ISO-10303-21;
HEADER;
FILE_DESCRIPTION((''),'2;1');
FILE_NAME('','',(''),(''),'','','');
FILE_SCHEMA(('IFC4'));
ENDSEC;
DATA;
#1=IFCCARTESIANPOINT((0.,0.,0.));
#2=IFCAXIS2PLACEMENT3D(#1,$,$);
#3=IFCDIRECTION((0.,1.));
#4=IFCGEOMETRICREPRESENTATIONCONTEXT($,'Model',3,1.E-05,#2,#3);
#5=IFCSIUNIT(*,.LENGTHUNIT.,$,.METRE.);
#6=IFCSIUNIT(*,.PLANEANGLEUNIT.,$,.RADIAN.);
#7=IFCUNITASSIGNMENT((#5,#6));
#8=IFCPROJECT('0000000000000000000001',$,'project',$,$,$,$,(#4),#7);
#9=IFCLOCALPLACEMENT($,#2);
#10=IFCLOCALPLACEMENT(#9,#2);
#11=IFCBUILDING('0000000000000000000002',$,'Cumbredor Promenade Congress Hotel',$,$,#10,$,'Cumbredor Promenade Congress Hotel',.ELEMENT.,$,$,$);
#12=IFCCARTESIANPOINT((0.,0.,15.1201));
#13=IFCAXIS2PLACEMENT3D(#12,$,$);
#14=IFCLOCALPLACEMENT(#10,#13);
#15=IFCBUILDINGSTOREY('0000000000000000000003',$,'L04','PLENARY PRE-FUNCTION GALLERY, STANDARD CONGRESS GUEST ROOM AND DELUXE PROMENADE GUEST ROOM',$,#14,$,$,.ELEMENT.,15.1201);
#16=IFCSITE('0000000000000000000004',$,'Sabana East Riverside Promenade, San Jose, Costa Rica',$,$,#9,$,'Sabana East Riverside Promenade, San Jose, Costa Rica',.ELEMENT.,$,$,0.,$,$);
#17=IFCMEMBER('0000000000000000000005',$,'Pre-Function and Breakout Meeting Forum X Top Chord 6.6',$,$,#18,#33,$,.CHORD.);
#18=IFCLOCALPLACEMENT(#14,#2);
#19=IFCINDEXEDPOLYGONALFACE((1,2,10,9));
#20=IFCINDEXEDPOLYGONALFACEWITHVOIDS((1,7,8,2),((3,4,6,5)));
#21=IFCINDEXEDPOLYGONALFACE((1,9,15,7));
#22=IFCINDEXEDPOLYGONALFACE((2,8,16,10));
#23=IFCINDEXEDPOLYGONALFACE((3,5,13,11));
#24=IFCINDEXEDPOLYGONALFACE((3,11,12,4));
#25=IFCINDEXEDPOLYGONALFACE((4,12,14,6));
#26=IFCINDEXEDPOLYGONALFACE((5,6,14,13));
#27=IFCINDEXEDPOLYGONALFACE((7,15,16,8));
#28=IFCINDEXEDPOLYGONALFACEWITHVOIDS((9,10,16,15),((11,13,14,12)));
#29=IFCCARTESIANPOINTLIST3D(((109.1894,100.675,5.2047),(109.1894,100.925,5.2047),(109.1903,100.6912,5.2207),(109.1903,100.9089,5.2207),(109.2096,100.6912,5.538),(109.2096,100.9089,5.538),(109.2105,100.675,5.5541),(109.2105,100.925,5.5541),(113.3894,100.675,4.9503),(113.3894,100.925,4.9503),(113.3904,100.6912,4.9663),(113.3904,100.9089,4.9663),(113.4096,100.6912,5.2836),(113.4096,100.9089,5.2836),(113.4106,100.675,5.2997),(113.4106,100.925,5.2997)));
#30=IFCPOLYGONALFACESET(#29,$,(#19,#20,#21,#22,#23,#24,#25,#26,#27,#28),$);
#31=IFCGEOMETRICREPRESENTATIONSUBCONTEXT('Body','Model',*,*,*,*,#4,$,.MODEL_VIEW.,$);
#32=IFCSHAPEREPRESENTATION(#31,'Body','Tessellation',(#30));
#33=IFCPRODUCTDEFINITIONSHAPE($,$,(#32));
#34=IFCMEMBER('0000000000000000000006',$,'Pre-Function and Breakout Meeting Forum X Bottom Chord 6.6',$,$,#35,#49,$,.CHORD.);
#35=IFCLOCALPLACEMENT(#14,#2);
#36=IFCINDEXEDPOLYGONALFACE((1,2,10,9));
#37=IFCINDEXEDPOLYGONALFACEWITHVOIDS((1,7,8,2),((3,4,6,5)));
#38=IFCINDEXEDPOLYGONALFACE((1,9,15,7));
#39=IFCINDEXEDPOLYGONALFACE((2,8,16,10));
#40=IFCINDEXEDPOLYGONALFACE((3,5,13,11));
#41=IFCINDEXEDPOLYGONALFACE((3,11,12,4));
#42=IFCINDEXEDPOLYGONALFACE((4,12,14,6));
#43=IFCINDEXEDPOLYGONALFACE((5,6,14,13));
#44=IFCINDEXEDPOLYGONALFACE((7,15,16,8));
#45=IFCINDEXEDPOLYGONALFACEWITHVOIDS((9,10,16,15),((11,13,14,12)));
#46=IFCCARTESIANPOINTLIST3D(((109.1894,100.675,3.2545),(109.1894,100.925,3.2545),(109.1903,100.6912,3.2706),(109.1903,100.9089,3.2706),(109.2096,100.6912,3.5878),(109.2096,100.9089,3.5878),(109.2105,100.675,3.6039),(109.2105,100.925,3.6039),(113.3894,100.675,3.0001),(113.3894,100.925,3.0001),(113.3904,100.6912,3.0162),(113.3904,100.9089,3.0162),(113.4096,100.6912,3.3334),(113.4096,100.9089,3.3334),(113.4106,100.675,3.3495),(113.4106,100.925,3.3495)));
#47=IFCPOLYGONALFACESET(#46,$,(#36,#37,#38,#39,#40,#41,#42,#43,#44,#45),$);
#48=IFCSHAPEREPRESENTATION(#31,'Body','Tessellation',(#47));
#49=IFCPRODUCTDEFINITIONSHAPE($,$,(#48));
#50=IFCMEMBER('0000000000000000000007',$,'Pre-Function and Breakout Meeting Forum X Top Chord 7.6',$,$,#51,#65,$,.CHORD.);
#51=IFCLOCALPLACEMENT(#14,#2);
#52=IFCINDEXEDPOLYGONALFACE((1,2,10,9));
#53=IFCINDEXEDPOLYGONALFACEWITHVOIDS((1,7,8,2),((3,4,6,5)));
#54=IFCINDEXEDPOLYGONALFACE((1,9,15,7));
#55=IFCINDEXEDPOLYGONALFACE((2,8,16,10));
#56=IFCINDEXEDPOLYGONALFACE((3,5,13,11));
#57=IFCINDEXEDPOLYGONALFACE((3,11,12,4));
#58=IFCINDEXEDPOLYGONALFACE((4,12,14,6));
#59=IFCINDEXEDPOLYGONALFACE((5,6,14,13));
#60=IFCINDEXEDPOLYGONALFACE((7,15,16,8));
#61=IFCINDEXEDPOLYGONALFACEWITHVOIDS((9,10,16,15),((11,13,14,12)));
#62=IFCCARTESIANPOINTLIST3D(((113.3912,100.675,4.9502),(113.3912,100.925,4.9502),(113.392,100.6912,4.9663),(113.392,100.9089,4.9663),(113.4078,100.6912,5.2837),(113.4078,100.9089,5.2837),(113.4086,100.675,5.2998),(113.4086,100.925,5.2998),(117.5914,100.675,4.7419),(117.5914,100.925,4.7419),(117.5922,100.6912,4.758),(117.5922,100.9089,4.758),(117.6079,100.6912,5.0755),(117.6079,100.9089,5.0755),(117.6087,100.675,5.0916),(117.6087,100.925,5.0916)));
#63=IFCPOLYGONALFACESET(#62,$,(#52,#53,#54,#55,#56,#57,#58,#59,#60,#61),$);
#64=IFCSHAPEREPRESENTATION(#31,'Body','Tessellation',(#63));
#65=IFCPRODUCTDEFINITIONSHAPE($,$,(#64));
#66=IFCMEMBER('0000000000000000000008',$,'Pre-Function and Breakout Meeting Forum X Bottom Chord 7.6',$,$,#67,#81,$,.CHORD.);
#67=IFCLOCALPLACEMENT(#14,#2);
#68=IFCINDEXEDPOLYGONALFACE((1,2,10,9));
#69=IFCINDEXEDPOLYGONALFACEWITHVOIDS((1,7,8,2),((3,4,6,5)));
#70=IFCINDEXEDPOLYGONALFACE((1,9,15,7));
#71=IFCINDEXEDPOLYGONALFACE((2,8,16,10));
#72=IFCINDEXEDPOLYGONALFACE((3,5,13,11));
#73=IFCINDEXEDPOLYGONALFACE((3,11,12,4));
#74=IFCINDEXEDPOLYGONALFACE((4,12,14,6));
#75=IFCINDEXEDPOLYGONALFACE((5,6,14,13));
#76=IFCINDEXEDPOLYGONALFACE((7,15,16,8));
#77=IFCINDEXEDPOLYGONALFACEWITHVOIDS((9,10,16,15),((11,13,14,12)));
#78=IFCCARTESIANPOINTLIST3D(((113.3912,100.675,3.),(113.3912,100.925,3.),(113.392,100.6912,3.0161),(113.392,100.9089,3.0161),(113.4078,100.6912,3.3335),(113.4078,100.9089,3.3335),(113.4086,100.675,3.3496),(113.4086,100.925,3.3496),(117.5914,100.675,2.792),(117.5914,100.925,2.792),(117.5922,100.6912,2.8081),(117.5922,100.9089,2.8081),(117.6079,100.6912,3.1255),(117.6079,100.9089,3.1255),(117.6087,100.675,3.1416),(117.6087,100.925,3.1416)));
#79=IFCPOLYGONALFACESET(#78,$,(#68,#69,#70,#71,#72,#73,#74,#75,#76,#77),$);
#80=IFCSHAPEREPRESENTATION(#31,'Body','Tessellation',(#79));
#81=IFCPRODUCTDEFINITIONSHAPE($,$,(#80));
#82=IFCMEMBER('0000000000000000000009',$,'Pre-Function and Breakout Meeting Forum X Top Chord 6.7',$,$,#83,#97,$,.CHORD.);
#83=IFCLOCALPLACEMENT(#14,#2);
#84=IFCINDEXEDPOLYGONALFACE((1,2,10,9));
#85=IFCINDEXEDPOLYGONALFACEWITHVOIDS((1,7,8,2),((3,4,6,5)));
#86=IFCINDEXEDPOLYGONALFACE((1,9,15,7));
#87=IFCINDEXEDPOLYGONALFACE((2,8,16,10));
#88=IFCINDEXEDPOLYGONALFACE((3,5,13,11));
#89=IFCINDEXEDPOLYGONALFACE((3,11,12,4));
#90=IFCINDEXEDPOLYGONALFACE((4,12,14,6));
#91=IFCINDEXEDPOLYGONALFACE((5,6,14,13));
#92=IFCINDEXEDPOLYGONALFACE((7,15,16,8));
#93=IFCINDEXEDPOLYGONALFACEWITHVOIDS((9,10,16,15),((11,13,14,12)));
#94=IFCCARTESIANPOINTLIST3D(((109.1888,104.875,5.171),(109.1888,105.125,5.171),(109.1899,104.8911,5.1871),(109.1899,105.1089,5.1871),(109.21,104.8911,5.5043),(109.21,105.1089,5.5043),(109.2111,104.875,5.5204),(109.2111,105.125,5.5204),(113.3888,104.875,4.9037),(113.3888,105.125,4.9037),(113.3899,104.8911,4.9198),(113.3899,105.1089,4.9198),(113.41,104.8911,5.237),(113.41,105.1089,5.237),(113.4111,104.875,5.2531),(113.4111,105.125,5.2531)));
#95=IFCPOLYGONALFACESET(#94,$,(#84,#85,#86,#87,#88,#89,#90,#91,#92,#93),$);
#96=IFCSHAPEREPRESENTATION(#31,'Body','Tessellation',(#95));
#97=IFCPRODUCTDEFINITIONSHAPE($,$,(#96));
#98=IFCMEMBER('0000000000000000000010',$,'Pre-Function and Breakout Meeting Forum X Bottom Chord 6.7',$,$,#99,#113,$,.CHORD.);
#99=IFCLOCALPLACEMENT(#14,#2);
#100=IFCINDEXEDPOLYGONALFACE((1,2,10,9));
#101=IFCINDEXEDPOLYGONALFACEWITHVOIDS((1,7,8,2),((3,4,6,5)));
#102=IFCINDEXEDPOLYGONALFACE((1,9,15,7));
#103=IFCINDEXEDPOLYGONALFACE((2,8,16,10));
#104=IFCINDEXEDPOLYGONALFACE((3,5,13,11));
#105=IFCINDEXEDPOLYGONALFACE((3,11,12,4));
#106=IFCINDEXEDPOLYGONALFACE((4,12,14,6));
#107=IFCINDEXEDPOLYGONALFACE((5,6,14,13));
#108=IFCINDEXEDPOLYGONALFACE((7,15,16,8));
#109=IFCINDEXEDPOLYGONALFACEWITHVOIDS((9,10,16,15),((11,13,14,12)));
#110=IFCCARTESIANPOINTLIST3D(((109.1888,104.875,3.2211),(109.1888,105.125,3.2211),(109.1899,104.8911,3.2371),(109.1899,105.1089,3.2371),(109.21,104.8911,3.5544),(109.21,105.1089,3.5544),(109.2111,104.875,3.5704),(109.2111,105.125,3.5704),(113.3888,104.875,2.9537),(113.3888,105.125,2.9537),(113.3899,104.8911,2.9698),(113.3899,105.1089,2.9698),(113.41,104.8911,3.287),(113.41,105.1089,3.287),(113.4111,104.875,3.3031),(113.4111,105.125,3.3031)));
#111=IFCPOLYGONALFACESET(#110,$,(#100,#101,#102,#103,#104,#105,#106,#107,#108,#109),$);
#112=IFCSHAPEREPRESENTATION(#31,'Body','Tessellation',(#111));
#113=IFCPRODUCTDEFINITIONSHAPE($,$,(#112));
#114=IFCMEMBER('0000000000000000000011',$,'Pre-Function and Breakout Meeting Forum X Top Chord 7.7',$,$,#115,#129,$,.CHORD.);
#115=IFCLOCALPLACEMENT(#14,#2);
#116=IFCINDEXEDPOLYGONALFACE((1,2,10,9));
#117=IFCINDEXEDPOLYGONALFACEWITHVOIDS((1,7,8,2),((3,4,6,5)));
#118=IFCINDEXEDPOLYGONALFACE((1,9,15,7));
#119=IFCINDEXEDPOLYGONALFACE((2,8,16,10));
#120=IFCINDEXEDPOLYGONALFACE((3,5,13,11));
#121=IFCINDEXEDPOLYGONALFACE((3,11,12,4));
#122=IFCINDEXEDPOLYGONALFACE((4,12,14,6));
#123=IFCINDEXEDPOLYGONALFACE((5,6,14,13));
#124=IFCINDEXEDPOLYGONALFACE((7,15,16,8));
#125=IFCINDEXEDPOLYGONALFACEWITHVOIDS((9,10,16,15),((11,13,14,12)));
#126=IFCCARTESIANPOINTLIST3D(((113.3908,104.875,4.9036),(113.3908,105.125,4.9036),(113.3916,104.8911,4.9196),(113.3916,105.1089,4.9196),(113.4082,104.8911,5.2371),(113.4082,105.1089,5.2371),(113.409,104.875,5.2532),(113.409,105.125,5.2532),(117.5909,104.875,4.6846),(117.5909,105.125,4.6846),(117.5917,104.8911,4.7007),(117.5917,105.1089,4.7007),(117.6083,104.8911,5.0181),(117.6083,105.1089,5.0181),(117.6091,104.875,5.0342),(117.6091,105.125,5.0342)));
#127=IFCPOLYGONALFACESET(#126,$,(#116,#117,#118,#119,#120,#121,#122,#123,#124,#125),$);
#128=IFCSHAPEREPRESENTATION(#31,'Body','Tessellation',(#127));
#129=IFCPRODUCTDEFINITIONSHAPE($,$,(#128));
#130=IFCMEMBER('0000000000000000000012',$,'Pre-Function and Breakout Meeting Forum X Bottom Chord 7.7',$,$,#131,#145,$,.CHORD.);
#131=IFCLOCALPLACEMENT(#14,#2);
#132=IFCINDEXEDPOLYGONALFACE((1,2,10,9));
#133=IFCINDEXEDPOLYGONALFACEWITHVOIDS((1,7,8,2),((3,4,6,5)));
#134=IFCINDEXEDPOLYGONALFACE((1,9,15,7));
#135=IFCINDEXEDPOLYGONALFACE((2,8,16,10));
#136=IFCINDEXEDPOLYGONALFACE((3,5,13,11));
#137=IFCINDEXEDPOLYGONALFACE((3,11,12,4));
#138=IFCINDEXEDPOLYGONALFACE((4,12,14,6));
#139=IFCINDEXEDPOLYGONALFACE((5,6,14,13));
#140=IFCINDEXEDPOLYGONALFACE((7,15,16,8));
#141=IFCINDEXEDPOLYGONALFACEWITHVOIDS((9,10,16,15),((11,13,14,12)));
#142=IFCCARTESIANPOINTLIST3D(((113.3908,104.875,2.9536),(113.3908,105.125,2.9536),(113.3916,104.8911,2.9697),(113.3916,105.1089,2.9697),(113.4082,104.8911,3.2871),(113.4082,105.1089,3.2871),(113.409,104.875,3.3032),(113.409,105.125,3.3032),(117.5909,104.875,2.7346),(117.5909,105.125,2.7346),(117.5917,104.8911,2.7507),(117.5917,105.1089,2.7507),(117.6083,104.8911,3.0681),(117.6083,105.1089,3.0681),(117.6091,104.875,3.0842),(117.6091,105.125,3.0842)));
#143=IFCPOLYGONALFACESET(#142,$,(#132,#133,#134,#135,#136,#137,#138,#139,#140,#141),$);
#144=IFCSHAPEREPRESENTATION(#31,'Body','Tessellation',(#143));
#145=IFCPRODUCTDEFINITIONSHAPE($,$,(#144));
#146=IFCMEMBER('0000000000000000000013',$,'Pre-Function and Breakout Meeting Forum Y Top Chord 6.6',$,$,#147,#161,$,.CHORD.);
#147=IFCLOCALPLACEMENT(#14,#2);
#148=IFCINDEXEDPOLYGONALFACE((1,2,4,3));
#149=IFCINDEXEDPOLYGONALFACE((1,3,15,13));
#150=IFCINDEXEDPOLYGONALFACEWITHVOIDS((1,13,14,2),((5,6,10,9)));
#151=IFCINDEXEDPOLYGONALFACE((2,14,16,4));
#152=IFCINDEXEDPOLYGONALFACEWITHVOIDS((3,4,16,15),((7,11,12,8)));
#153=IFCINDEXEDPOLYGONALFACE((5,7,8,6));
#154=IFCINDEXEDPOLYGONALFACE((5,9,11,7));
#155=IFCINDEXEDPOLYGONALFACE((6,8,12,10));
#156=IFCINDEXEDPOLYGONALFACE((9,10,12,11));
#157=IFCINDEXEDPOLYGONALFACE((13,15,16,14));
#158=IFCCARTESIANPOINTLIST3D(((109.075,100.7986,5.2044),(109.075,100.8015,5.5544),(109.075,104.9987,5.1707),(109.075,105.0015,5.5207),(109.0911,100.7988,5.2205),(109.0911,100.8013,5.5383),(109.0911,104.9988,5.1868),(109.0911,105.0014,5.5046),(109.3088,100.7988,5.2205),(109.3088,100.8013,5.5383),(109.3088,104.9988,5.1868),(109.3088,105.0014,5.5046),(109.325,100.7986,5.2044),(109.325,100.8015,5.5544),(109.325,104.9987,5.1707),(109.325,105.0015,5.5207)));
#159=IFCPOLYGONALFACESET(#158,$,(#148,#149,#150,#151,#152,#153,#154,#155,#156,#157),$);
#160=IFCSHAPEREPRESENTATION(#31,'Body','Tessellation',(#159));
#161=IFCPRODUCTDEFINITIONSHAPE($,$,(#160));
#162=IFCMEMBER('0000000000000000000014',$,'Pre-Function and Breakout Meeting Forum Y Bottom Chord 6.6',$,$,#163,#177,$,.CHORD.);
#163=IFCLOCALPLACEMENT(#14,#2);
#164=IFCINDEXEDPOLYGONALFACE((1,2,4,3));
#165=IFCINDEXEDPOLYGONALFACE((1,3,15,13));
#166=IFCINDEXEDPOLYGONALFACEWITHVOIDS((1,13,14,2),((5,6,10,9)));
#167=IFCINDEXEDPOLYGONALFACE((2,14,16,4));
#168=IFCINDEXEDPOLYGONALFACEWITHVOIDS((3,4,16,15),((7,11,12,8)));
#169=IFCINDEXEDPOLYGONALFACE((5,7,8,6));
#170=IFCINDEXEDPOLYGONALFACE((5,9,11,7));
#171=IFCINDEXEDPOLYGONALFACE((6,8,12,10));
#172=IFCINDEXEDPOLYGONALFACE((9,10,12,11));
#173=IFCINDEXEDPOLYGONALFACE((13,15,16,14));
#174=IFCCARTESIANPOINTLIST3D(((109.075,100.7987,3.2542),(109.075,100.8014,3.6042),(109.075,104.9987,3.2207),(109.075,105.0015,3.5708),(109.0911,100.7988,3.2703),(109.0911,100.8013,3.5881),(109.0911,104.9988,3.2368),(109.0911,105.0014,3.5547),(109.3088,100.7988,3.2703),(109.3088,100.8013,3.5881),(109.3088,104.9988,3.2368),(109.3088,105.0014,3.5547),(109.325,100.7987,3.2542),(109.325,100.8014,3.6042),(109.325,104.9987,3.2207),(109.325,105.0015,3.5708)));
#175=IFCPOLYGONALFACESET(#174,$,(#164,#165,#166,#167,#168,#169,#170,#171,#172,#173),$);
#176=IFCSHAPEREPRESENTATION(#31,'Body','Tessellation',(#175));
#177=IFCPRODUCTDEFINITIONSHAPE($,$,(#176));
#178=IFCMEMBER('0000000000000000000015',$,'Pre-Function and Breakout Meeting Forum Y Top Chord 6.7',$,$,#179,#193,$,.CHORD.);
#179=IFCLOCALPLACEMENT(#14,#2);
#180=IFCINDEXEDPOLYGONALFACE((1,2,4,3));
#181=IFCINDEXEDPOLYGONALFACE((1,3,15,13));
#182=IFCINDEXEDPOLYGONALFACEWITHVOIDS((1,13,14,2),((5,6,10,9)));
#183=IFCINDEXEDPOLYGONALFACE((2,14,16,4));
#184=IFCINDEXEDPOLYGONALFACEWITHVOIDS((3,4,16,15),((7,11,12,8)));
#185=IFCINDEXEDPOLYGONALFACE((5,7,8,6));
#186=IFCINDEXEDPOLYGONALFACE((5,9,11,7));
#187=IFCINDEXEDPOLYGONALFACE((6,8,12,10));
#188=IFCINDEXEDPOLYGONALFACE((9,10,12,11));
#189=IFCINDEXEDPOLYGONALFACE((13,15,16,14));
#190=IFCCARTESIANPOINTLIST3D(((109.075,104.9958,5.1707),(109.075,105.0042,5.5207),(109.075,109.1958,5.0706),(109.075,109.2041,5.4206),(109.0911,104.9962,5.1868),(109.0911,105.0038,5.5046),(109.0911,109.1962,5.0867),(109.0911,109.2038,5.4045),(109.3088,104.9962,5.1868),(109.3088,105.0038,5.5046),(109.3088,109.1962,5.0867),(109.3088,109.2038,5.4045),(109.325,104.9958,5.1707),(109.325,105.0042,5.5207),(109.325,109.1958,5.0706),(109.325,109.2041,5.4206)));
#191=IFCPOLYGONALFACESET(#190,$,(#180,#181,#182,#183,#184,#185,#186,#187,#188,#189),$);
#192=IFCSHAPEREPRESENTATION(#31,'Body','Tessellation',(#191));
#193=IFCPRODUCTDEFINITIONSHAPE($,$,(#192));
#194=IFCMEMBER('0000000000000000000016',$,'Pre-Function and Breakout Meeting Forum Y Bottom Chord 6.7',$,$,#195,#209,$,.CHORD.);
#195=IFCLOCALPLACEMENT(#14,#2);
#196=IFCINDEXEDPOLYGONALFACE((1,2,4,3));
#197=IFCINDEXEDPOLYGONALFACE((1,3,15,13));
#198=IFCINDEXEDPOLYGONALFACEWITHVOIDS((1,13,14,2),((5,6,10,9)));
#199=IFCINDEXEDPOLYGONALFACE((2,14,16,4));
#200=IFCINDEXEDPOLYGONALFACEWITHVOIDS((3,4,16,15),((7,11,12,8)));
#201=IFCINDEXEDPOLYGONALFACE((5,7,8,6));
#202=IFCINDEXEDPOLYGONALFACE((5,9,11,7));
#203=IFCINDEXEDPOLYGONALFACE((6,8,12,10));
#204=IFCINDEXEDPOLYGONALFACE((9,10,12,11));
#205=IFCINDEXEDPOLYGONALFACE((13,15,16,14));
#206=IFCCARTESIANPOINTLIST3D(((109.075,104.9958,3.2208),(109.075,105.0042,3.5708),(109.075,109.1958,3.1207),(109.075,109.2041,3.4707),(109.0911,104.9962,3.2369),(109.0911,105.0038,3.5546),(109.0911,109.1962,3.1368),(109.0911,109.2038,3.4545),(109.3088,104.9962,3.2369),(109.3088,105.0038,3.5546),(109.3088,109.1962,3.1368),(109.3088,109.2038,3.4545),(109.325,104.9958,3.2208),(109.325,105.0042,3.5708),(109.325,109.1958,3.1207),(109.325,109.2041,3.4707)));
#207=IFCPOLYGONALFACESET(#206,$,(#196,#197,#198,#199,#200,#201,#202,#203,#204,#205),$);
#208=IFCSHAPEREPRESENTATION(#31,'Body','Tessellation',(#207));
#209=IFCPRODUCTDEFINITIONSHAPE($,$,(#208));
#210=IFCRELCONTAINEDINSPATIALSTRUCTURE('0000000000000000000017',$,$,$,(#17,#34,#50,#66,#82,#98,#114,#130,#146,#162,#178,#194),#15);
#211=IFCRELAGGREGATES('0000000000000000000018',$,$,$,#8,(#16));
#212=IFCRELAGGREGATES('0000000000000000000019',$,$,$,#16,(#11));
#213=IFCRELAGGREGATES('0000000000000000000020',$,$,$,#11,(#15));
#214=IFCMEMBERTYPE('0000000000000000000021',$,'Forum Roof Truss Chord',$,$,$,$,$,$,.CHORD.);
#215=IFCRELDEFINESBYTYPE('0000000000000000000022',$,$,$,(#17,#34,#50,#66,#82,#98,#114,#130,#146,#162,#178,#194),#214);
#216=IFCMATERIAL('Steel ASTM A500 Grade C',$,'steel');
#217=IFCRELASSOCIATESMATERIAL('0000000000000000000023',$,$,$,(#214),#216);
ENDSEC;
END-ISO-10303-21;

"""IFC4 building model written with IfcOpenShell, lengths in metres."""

from ifc_helpers import new_model, si_unit, direction, frame, origin, origin_2d, place, context, subcontext, project, spatial, hollow_rectangle, extrude, material, material_profile, profile_set, type_object, element, save


model = new_model("IFC4")

# Units and contexts
model_context = context("Model", 3, precision=1e-05, world=origin(), true_north=direction((0.0, 1.0)))
body_context = subcontext(model_context, "Body", "Model", "MODEL_VIEW")
ifc_project = project(units=[si_unit("LENGTHUNIT", "METRE"), si_unit("PLANEANGLEUNIT", "RADIAN")], contexts=[model_context])

# Site, building, storey
site_placement = place(None, origin())
site = spatial("IfcSite", under=ifc_project, at=site_placement, Name="Sabana East Riverside Promenade, San Jose, Costa Rica", LongName="Sabana East Riverside Promenade, San Jose, Costa Rica", CompositionType="ELEMENT", RefElevation=0.0)
building_placement = place(site_placement, origin())
building = spatial("IfcBuilding", under=site, at=building_placement, Name="Cumbredor Promenade Congress Hotel", LongName="Cumbredor Promenade Congress Hotel", CompositionType="ELEMENT")
storey_placement = place(building_placement, frame((0.0, 0.0, 15.1201)))
storey = spatial("IfcBuildingStorey", under=building, at=storey_placement, Name="L04", Description="PLENARY PRE-FUNCTION GALLERY, STANDARD CONGRESS GUEST ROOM AND DELUXE PROMENADE GUEST ROOM", CompositionType="ELEMENT", Elevation=15.1201)

# Members
ifc_material_1 = material(Name="Steel ASTM A500 Grade C", Category="steel")
ifc_material_profile_1 = material_profile(ifc_material_1, hollow_rectangle(XDim=0.25, YDim=0.3501, WallThickness=0.0161, at=origin_2d()), Name="HSS 350x250x16")
ifc_profile_set_1 = profile_set([ifc_material_profile_1], Name="Steel ASTM A500 Grade C")
member_type_1 = type_object("IfcMemberType", Name="Forum Roof Truss Chord", PredefinedType="CHORD", material=ifc_profile_set_1)
for number, where, z_axis, x_axis, name in (
    (1, (109.2, 100.8, 5.3794), (0.998171, 0.0, -0.06046), (0.0, 1.0, 0.0), "Pre-Function and Breakout Meeting Forum X Top Chord 6.6"),
    (2, (109.2, 100.8, 3.4292), (0.998171, 0.0, -0.06046), (0.0, 1.0, 0.0), "Pre-Function and Breakout Meeting Forum X Bottom Chord 6.6"),
):
    element("IfcMember", number, at=place(storey_placement, frame(where, z_axis=z_axis, x_axis=x_axis)), inside=storey, type_object=member_type_1, Name=name, PredefinedType="CHORD", context=body_context, shape_type="SweptSolid", body=[
        extrude(hollow_rectangle(XDim=0.25, YDim=0.3501, WallThickness=0.0161, at=origin_2d()), origin(), (0.0, 0.0, 1.0), 4.2078),
    ])
for number, where, z_axis, x_axis, name in (
    (3, (113.3999, 100.8, 5.125), (0.998773, 0.0, -0.049521), (0.0, 1.0, 0.0), "Pre-Function and Breakout Meeting Forum X Top Chord 7.6"),
    (4, (113.3999, 100.8, 3.1748), (0.998776, 0.0, -0.049463), (0.0, 1.0, 0.0), "Pre-Function and Breakout Meeting Forum X Bottom Chord 7.6"),
):
    element("IfcMember", number, at=place(storey_placement, frame(where, z_axis=z_axis, x_axis=x_axis)), inside=storey, type_object=member_type_1, Name=name, PredefinedType="CHORD", context=body_context, shape_type="SweptSolid", body=[
        extrude(hollow_rectangle(XDim=0.25, YDim=0.3501, WallThickness=0.0161, at=origin_2d()), origin(), (0.0, 0.0, 1.0), 4.2053),
    ])
for number, where, z_axis, x_axis, name in (
    (5, (109.2, 105.0, 5.3457), (0.99798, 0.0, -0.063523), (0.0, 1.0, 0.0), "Pre-Function and Breakout Meeting Forum X Top Chord 6.7"),
    (6, (109.2, 105.0, 3.3958), (0.99798, 0.0, -0.063523), (0.0, 1.0, 0.0), "Pre-Function and Breakout Meeting Forum X Bottom Chord 6.7"),
):
    element("IfcMember", number, at=place(storey_placement, frame(where, z_axis=z_axis, x_axis=x_axis)), inside=storey, type_object=member_type_1, Name=name, PredefinedType="CHORD", context=body_context, shape_type="SweptSolid", body=[
        extrude(hollow_rectangle(XDim=0.25, YDim=0.3501, WallThickness=0.0161, at=origin_2d()), origin(), (0.0, 0.0, 1.0), 4.2085),
    ])
for number, where, z_axis, x_axis, name in (
    (7, (113.3999, 105.0, 5.0784), (0.998644, 0.0, -0.052068), (0.0, 1.0, 0.0), "Pre-Function and Breakout Meeting Forum X Top Chord 7.7"),
    (8, (113.3999, 105.0, 3.1284), (0.998644, 0.0, -0.052068), (0.0, 1.0, 0.0), "Pre-Function and Breakout Meeting Forum X Bottom Chord 7.7"),
):
    element("IfcMember", number, at=place(storey_placement, frame(where, z_axis=z_axis, x_axis=x_axis)), inside=storey, type_object=member_type_1, Name=name, PredefinedType="CHORD", context=body_context, shape_type="SweptSolid", body=[
        extrude(hollow_rectangle(XDim=0.25, YDim=0.3501, WallThickness=0.0161, at=origin_2d()), origin(), (0.0, 0.0, 1.0), 4.2058),
    ])
for number, where, z_axis, x_axis, name in (
    (9, (109.2, 100.8, 5.3794), (0.0, 0.999968, -0.008022), (-1.0, 0.0, 0.0), "Pre-Function and Breakout Meeting Forum Y Top Chord 6.6"),
    (10, (109.2, 100.8, 3.4292), (0.0, 0.999968, -0.007963), (-1.0, 0.0, 0.0), "Pre-Function and Breakout Meeting Forum Y Bottom Chord 6.6"),
):
    element("IfcMember", number, at=place(storey_placement, frame(where, z_axis=z_axis, x_axis=x_axis)), inside=storey, type_object=member_type_1, Name=name, PredefinedType="CHORD", context=body_context, shape_type="SweptSolid", body=[
        extrude(hollow_rectangle(XDim=0.25, YDim=0.3501, WallThickness=0.0161, at=origin_2d()), origin(), (0.0, 0.0, 1.0), 4.2002),
    ])
for number, where, z_axis, x_axis, name in (
    (11, (109.2, 105.0, 5.3457), (0.0, 0.999716, -0.023826), (-1.0, 0.0, 0.0), "Pre-Function and Breakout Meeting Forum Y Top Chord 6.7"),
    (12, (109.2, 105.0, 3.3958), (0.0, 0.999716, -0.023826), (-1.0, 0.0, 0.0), "Pre-Function and Breakout Meeting Forum Y Bottom Chord 6.7"),
):
    element("IfcMember", number, at=place(storey_placement, frame(where, z_axis=z_axis, x_axis=x_axis)), inside=storey, type_object=member_type_1, Name=name, PredefinedType="CHORD", context=body_context, shape_type="SweptSolid", body=[
        extrude(hollow_rectangle(XDim=0.25, YDim=0.3501, WallThickness=0.0161, at=origin_2d()), origin(), (0.0, 0.0, 1.0), 4.2012),
    ])

save(model, "model.ifc")
